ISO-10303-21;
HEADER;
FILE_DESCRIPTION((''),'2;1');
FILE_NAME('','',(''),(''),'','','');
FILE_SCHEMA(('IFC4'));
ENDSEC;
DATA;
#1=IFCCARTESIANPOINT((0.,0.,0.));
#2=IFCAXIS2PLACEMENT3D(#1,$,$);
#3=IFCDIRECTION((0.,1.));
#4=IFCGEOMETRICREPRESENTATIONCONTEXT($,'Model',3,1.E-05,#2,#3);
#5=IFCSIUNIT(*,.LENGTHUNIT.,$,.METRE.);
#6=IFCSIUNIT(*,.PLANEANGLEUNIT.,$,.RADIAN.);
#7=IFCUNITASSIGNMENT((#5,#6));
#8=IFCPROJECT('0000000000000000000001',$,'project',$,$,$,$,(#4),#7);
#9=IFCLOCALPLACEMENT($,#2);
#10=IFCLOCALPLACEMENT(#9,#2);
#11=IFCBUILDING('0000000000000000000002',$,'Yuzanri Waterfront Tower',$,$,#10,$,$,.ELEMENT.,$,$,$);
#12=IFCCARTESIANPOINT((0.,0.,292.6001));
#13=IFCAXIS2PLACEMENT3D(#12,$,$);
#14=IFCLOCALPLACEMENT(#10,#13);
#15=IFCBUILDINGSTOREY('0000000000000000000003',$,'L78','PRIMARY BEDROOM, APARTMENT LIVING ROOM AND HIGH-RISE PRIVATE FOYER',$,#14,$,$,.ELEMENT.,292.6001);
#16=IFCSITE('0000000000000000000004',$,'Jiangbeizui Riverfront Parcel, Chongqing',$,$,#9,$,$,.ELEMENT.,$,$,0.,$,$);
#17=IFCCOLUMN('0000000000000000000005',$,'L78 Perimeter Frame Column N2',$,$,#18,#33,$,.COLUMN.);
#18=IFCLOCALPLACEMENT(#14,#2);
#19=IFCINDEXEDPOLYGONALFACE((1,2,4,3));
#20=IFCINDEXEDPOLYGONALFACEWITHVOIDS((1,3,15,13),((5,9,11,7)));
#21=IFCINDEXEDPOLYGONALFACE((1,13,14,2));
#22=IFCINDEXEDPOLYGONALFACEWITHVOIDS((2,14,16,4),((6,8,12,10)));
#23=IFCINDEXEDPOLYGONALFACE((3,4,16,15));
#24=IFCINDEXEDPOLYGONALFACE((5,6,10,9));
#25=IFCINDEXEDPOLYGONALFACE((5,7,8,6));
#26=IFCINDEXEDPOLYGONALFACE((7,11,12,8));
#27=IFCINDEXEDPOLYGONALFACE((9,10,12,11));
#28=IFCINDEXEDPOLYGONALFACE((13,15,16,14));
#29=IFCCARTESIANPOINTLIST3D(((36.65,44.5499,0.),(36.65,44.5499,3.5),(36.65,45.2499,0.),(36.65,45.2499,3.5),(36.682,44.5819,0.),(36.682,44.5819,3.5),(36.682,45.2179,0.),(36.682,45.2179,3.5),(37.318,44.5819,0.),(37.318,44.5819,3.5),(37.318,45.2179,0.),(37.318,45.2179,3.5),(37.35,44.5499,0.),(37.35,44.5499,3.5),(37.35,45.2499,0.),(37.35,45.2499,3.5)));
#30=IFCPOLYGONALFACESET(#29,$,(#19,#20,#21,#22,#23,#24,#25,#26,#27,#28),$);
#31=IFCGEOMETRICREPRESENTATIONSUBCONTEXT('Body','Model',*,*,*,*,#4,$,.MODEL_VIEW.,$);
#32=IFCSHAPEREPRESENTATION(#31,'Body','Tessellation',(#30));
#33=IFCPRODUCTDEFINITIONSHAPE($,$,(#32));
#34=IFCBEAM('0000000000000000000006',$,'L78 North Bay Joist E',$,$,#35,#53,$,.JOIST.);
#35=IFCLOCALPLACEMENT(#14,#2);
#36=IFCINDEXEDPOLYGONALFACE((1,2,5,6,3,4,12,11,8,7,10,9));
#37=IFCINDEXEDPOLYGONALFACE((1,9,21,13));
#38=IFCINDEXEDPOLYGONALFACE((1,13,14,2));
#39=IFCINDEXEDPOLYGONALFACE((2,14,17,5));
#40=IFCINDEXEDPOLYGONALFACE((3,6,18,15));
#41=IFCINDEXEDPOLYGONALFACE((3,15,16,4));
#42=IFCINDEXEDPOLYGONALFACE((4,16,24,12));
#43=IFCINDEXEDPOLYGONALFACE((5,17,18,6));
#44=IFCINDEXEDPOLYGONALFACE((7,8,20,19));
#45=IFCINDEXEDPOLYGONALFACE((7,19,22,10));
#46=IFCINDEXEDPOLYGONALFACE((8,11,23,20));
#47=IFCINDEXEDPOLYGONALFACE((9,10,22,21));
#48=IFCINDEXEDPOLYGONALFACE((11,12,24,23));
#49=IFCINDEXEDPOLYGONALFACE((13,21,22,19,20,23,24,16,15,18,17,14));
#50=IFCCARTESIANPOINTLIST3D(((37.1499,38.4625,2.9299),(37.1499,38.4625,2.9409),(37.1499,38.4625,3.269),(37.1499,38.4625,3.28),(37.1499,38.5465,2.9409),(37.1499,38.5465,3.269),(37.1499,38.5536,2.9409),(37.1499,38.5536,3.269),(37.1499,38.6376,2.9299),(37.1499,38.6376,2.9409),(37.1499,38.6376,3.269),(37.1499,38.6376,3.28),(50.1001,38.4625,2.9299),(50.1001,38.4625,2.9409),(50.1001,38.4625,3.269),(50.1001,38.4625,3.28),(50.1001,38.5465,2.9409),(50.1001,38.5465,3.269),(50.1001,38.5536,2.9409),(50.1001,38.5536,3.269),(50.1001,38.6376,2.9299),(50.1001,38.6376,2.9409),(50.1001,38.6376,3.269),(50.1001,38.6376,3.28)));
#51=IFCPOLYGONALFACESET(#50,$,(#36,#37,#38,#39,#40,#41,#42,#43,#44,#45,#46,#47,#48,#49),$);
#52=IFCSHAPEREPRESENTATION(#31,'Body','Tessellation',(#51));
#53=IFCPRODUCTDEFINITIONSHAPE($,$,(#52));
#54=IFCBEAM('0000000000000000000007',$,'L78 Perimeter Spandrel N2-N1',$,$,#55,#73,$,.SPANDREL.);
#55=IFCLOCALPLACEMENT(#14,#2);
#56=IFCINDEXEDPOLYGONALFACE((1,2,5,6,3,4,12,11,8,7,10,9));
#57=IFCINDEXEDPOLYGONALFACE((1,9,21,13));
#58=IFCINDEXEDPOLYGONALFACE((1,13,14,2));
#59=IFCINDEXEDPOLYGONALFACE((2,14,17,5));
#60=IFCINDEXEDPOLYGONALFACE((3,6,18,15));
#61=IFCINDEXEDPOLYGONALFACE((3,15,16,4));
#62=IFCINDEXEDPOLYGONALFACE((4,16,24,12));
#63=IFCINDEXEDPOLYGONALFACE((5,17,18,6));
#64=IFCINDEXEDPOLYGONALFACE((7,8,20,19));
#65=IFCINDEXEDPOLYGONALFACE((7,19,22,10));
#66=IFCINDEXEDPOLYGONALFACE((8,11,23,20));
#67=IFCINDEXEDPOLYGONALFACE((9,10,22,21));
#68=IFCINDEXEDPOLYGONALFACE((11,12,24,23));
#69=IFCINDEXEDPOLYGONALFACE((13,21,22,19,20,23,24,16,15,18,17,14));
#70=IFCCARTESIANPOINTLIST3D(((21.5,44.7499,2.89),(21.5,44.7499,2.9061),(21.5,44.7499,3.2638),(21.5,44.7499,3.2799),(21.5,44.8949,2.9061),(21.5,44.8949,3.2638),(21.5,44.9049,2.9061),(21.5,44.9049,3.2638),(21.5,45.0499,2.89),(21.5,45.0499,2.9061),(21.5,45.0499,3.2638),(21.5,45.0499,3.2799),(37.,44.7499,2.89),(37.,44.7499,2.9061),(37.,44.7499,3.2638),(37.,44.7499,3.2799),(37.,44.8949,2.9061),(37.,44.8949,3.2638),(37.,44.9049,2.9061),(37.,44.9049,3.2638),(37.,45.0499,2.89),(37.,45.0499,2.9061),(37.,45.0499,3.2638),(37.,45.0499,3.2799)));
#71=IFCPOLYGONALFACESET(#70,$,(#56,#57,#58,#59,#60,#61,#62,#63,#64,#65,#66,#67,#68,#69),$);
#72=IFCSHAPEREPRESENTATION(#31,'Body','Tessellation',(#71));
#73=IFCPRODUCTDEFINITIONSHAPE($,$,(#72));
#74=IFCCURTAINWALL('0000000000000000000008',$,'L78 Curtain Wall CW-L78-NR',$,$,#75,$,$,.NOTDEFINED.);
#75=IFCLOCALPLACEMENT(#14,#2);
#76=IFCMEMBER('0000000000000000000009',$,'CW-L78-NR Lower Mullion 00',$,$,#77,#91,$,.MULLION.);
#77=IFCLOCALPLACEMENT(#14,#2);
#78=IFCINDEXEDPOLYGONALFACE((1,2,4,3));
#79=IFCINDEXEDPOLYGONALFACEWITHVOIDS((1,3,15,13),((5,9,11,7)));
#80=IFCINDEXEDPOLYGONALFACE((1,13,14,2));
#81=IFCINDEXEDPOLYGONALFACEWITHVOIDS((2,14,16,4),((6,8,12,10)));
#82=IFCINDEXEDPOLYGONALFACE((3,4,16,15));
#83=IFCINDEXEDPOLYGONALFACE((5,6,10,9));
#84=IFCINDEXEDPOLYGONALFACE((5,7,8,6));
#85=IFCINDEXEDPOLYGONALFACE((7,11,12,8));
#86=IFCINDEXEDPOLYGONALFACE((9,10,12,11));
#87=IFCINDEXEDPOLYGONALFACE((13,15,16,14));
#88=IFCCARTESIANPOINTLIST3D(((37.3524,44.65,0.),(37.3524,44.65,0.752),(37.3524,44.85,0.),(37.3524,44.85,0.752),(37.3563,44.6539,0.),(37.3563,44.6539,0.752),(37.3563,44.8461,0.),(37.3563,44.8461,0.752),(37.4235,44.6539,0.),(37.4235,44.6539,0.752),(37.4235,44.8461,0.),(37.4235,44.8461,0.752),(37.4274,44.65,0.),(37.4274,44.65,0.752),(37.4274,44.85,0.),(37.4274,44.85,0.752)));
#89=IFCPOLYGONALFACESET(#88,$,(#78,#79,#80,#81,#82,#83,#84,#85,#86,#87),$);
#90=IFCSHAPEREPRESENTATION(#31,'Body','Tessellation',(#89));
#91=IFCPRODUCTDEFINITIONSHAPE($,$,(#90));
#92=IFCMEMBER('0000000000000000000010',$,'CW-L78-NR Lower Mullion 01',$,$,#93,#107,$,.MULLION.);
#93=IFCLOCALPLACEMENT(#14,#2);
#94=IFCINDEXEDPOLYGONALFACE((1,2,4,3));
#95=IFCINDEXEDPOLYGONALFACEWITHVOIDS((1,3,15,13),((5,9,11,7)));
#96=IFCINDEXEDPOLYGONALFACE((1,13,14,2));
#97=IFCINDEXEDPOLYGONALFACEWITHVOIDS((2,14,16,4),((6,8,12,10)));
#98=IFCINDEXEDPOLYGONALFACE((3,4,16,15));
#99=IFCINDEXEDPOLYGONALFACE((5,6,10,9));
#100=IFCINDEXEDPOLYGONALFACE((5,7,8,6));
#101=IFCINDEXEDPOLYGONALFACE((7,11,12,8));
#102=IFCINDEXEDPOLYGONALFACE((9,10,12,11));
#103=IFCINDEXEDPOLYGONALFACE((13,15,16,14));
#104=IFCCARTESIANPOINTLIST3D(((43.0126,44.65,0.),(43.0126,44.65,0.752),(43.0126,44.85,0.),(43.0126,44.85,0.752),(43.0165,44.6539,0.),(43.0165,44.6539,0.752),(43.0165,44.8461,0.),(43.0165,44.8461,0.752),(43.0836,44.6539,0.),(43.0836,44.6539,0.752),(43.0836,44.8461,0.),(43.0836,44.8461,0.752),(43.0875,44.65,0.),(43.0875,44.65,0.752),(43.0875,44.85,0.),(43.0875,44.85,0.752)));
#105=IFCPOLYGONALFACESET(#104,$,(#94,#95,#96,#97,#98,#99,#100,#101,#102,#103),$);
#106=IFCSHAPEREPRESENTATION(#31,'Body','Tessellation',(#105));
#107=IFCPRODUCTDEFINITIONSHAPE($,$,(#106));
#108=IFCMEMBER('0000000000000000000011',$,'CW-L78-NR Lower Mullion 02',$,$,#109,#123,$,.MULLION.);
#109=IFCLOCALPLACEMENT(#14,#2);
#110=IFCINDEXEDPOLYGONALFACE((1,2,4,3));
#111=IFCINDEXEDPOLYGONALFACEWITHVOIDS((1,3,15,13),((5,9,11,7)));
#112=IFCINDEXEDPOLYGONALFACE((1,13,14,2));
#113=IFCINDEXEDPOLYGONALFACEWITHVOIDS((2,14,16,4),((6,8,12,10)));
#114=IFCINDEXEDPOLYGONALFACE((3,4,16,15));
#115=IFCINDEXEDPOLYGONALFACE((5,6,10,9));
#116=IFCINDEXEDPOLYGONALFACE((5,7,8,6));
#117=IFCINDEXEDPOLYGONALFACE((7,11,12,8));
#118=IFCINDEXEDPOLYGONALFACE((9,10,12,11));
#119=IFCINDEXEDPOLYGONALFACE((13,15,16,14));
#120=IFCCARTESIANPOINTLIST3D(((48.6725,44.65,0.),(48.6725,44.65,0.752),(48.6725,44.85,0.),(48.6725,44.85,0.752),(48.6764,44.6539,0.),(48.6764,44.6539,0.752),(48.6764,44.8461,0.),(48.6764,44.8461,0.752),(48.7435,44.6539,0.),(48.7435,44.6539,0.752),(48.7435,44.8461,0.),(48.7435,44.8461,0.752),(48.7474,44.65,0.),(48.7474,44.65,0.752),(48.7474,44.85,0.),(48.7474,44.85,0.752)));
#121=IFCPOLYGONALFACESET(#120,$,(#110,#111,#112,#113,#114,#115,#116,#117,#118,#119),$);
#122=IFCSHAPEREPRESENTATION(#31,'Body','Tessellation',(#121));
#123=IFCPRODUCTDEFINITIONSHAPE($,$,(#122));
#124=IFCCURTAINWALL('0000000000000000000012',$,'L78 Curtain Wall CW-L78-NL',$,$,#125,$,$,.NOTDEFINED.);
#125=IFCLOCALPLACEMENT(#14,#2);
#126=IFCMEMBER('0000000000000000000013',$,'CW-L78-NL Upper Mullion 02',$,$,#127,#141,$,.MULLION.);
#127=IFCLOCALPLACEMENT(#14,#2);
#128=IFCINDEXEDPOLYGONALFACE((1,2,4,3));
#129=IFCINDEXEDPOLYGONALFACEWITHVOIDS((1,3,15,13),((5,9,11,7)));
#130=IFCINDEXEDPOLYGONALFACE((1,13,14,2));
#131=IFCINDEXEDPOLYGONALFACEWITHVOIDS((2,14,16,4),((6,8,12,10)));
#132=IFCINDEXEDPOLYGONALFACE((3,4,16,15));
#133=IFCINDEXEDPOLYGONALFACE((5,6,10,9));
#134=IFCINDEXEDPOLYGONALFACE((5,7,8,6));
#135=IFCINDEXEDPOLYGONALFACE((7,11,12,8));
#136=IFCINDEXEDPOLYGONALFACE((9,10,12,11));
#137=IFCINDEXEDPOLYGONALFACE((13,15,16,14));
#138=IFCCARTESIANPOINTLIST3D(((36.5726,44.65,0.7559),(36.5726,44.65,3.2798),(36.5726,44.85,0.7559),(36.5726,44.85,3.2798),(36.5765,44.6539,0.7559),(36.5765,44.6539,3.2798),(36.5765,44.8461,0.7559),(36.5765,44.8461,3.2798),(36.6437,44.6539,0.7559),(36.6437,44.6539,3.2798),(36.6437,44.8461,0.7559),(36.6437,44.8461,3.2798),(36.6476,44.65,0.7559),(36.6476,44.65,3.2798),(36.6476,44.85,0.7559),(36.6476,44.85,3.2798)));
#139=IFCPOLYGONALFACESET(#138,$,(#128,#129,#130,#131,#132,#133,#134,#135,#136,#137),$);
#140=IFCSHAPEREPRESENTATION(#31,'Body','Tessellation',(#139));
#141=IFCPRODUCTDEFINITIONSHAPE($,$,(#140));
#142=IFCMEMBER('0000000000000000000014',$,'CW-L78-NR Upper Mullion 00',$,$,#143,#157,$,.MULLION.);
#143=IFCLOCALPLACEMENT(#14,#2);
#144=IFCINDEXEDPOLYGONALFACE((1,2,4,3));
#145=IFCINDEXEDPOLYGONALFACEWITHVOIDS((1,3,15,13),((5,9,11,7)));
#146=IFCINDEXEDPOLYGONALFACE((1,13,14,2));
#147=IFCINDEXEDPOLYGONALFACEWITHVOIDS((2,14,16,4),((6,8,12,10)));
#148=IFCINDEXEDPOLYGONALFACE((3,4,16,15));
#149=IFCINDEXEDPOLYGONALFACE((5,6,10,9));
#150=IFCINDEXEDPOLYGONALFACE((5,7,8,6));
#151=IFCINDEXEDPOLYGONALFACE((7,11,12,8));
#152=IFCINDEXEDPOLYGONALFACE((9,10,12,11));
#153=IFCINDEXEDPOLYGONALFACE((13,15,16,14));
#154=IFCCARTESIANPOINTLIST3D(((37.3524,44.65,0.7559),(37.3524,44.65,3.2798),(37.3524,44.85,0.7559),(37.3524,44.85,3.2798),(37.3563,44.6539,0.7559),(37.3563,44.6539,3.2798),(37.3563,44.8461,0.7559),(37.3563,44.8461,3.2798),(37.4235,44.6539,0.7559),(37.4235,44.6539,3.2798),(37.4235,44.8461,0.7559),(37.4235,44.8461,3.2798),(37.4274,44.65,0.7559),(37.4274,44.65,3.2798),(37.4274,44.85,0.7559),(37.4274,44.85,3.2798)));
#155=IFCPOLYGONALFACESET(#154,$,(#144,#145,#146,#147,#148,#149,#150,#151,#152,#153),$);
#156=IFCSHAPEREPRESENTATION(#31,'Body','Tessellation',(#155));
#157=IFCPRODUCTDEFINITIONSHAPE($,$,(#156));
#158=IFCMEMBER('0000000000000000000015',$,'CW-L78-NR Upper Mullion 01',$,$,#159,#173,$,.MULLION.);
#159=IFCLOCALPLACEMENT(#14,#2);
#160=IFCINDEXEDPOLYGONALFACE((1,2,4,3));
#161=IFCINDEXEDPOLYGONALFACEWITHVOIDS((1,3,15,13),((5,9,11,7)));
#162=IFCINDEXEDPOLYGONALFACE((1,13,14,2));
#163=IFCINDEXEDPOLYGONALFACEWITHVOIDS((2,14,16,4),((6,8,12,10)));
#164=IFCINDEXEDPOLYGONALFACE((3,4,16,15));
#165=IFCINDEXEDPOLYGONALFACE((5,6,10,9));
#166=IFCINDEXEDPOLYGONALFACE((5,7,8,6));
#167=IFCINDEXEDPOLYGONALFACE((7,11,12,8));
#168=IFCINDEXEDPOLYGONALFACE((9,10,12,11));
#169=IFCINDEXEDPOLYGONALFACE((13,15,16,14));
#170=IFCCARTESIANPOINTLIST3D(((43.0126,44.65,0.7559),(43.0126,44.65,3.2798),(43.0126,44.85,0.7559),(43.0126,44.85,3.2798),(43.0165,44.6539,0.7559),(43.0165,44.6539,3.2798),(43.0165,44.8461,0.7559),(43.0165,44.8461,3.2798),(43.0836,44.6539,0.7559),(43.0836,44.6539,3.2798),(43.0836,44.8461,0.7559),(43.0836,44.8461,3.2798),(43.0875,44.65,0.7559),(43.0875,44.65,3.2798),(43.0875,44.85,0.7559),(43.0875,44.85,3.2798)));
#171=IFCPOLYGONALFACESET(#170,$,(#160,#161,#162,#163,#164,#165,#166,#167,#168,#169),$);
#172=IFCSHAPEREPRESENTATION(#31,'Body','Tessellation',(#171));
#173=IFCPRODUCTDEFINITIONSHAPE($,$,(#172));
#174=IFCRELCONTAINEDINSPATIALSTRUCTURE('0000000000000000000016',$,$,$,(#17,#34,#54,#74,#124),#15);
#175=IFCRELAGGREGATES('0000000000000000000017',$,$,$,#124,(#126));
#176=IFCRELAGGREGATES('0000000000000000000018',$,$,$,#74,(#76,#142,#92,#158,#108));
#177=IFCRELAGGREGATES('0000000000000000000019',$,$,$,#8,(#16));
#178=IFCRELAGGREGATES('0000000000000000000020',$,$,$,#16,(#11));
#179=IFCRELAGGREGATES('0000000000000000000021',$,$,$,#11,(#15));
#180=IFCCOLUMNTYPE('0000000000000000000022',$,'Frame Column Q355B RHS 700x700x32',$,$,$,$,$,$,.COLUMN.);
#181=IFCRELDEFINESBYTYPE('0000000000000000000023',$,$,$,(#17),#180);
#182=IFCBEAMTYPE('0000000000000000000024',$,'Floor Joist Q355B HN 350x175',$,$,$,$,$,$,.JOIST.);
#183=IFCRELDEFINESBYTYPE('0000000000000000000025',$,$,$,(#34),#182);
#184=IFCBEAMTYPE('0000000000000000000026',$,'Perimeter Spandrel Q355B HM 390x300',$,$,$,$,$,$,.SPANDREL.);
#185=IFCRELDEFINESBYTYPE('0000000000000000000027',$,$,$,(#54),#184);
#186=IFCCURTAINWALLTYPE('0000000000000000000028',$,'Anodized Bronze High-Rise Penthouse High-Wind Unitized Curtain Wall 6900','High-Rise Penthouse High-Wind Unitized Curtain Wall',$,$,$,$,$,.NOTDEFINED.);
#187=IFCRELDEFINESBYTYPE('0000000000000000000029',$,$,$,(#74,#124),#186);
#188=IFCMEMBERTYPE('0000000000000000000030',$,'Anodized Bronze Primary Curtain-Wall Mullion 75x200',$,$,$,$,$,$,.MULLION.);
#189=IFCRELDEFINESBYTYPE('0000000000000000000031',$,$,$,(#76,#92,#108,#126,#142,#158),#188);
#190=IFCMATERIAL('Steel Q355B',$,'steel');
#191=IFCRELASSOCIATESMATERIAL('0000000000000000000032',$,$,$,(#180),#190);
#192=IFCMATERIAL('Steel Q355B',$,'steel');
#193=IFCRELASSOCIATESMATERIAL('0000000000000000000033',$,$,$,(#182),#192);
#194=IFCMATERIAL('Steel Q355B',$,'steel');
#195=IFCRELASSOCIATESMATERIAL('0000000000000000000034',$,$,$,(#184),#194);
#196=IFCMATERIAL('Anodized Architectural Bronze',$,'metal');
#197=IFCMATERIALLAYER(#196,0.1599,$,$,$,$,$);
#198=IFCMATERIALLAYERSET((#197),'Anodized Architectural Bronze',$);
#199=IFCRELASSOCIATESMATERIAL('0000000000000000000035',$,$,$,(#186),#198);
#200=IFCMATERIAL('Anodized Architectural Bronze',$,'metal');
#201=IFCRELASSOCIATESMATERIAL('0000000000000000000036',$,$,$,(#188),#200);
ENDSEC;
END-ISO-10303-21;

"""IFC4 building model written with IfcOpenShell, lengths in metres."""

from ifc_helpers import new_model, si_unit, direction, frame, origin, origin_2d, place, context, subcontext, project, spatial, hollow_rectangle, i_section, extrude, source, transform, mapped, material, layer, layer_set, material_profile, profile_set, type_object, element, aggregate, save


model = new_model("IFC4")

# Units and contexts
model_context = context("Model", 3, precision=1e-05, world=origin(), true_north=direction((0.0, 1.0)))
body_context = subcontext(model_context, "Body", "Model", "MODEL_VIEW")
ifc_project = project(units=[si_unit("LENGTHUNIT", "METRE"), si_unit("PLANEANGLEUNIT", "RADIAN")], contexts=[model_context])

# Site, building, storey
site_placement = place(None, origin())
site = spatial("IfcSite", under=ifc_project, at=site_placement, Name="Jiangbeizui Riverfront Parcel, Chongqing", CompositionType="ELEMENT", RefElevation=0.0)
building_placement = place(site_placement, origin())
building = spatial("IfcBuilding", under=site, at=building_placement, Name="Yuzanri Waterfront Tower", CompositionType="ELEMENT")
storey_placement = place(building_placement, frame((0.0, 0.0, 292.6001)))
storey = spatial("IfcBuildingStorey", under=building, at=storey_placement, Name="L78", Description="PRIMARY BEDROOM, APARTMENT LIVING ROOM AND HIGH-RISE PRIVATE FOYER", CompositionType="ELEMENT", Elevation=292.6001)

# Column
ifc_material_1 = material(Name="Steel Q355B", Category="steel")
ifc_material_profile_1 = material_profile(ifc_material_1, hollow_rectangle(XDim=0.7, YDim=0.7, WallThickness=0.032, at=origin_2d()), Name="RHS 700x700x32")
ifc_profile_set_1 = profile_set([ifc_material_profile_1], Name="Steel Q355B")
column_type = type_object("IfcColumnType", Name="Frame Column Q355B RHS 700x700x32", PredefinedType="COLUMN", material=ifc_profile_set_1)
shared_shape_1 = source(origin(), body_context, "Body", "SweptSolid", [
    extrude(hollow_rectangle(XDim=0.7, YDim=0.7, WallThickness=0.032, at=origin_2d()), origin(), (0.0, 0.0, 1.0), 3.5),
])
column_placement = place(storey_placement, frame((37.0, 44.8999, 0.0), z_axis=(0.0, 0.0, 1.0), x_axis=(1.0, 0.0, 0.0)))
element("IfcColumn", 1, at=column_placement, inside=storey, type_object=column_type, Name="L78 Perimeter Frame Column N2", PredefinedType="COLUMN", context=body_context, shape_type="MappedRepresentation", body=[
    mapped(shared_shape_1, transform((0.0, 0.0, 0.0), scale=1.0)),
])

# Beams
ifc_material_2 = material(Name="Steel Q355B", Category="steel")
ifc_material_profile_2 = material_profile(ifc_material_2, i_section(OverallWidth=0.175, OverallDepth=0.3501, WebThickness=0.0071, FlangeThickness=0.011, at=origin_2d()), Name="HN 350x175x7x11")
ifc_profile_set_2 = profile_set([ifc_material_profile_2], Name="Steel Q355B")
beam_type_1 = type_object("IfcBeamType", Name="Floor Joist Q355B HN 350x175", PredefinedType="JOIST", material=ifc_profile_set_2)
shared_shape_2 = source(origin(), body_context, "Body", "SweptSolid", [
    extrude(i_section(OverallWidth=0.175, OverallDepth=0.3501, WebThickness=0.0071, FlangeThickness=0.011, at=origin_2d()), origin(), (0.0, 0.0, 1.0), 12.9502),
])
beam_1_placement = place(storey_placement, frame((37.1499, 38.55, 3.105), z_axis=(1.0, 0.0, 0.0), x_axis=(0.0, 1.0, 0.0)))
element("IfcBeam", 2, at=beam_1_placement, inside=storey, type_object=beam_type_1, Name="L78 North Bay Joist E", PredefinedType="JOIST", context=body_context, shape_type="MappedRepresentation", body=[
    mapped(shared_shape_2, transform((0.0, 0.0, 0.0), scale=1.0)),
])
ifc_material_3 = material(Name="Steel Q355B", Category="steel")
ifc_material_profile_3 = material_profile(ifc_material_3, i_section(OverallWidth=0.3, OverallDepth=0.3899, WebThickness=0.01, FlangeThickness=0.0161, at=origin_2d()), Name="HM 390x300x10x16")
ifc_profile_set_3 = profile_set([ifc_material_profile_3], Name="Steel Q355B")
beam_type_2 = type_object("IfcBeamType", Name="Perimeter Spandrel Q355B HM 390x300", PredefinedType="SPANDREL", material=ifc_profile_set_3)
shared_shape_3 = source(origin(), body_context, "Body", "SweptSolid", [
    extrude(i_section(OverallWidth=0.3, OverallDepth=0.3899, WebThickness=0.01, FlangeThickness=0.0161, at=origin_2d()), origin(), (0.0, 0.0, 1.0), 15.5),
])
beam_2_placement = place(storey_placement, frame((37.0, 44.8999, 3.085), z_axis=(-1.0, 0.0, 0.0), x_axis=(0.0, -1.0, 0.0)))
element("IfcBeam", 3, at=beam_2_placement, inside=storey, type_object=beam_type_2, Name="L78 Perimeter Spandrel N2-N1", PredefinedType="SPANDREL", context=body_context, shape_type="MappedRepresentation", body=[
    mapped(shared_shape_3, transform((0.0, 0.0, 0.0), scale=1.0)),
])

# Curtain wall, members
ifc_material_4 = material(Name="Anodized Architectural Bronze", Category="metal")
ifc_layer_1 = layer(ifc_material_4, 0.1599)
ifc_layer_set_1 = layer_set([ifc_layer_1], Name="Anodized Architectural Bronze")
curtain_wall_type = type_object("IfcCurtainWallType", Name="Anodized Bronze High-Rise Penthouse High-Wind Unitized Curtain Wall 6900", Description="High-Rise Penthouse High-Wind Unitized Curtain Wall", PredefinedType="NOTDEFINED", material=ifc_layer_set_1)
curtain_wall_1_placement = place(storey_placement, origin())
curtain_wall_1 = element("IfcCurtainWall", 4, at=curtain_wall_1_placement, inside=storey, type_object=curtain_wall_type, Name="L78 Curtain Wall CW-L78-NR", PredefinedType="NOTDEFINED")
ifc_material_5 = material(Name="Anodized Architectural Bronze", Category="metal")
ifc_material_profile_4 = material_profile(ifc_material_5, hollow_rectangle(XDim=0.075, YDim=0.2, WallThickness=0.0039, at=origin_2d()), Name="CWM 75x200")
ifc_profile_set_4 = profile_set([ifc_material_profile_4], Name="Anodized Architectural Bronze")
member_type_1 = type_object("IfcMemberType", Name="Anodized Bronze Primary Curtain-Wall Mullion 75x200", PredefinedType="MULLION", material=ifc_profile_set_4)
shared_shape_4 = source(origin(), body_context, "Body", "SweptSolid", [
    extrude(hollow_rectangle(XDim=0.075, YDim=0.2, WallThickness=0.0039, at=origin_2d()), origin(), (0.0, 0.0, 1.0), 0.752),
])
member_1_placement = place(storey_placement, frame((37.3899, 44.75, 0.0), z_axis=(0.0, 0.0, 1.0), x_axis=(1.0, 0.0, 0.0)))
member_1 = element("IfcMember", 5, at=member_1_placement, type_object=member_type_1, Name="CW-L78-NR Lower Mullion 00", PredefinedType="MULLION", context=body_context, shape_type="MappedRepresentation", body=[
    mapped(shared_shape_4, transform((0.0, 0.0, 0.0), scale=1.0)),
])
member_2_placement = place(storey_placement, frame((43.05, 44.75, 0.0), z_axis=(0.0, 0.0, 1.0), x_axis=(1.0, 0.0, 0.0)))
member_2 = element("IfcMember", 6, at=member_2_placement, type_object=member_type_1, Name="CW-L78-NR Lower Mullion 01", PredefinedType="MULLION", context=body_context, shape_type="MappedRepresentation", body=[
    mapped(shared_shape_4, transform((0.0, 0.0, 0.0), scale=1.0)),
])
member_3_placement = place(storey_placement, frame((48.71, 44.75, 0.0), z_axis=(0.0, 0.0, 1.0), x_axis=(1.0, 0.0, 0.0)))
member_3 = element("IfcMember", 7, at=member_3_placement, type_object=member_type_1, Name="CW-L78-NR Lower Mullion 02", PredefinedType="MULLION", context=body_context, shape_type="MappedRepresentation", body=[
    mapped(shared_shape_4, transform((0.0, 0.0, 0.0), scale=1.0)),
])

# Curtain wall, member
curtain_wall_2_placement = place(storey_placement, origin())
curtain_wall_2 = element("IfcCurtainWall", 8, at=curtain_wall_2_placement, inside=storey, type_object=curtain_wall_type, Name="L78 Curtain Wall CW-L78-NL", PredefinedType="NOTDEFINED")
shared_shape_5 = source(origin(), body_context, "Body", "SweptSolid", [
    extrude(hollow_rectangle(XDim=0.075, YDim=0.2, WallThickness=0.0039, at=origin_2d()), origin(), (0.0, 0.0, 1.0), 2.5239),
])
member_4_placement = place(storey_placement, frame((36.6101, 44.75, 0.7559), z_axis=(0.0, 0.0, 1.0), x_axis=(1.0, 0.0, 0.0)))
member_4 = element("IfcMember", 9, at=member_4_placement, type_object=member_type_1, Name="CW-L78-NL Upper Mullion 02", PredefinedType="MULLION", context=body_context, shape_type="MappedRepresentation", body=[
    mapped(shared_shape_5, transform((0.0, 0.0, 0.0), scale=1.0)),
])
aggregate(curtain_wall_2, [member_4])

# Members
member_5_placement = place(storey_placement, frame((37.3899, 44.75, 0.7559), z_axis=(0.0, 0.0, 1.0), x_axis=(1.0, 0.0, 0.0)))
member_5 = element("IfcMember", 10, at=member_5_placement, type_object=member_type_1, Name="CW-L78-NR Upper Mullion 00", PredefinedType="MULLION", context=body_context, shape_type="MappedRepresentation", body=[
    mapped(shared_shape_5, transform((0.0, 0.0, 0.0), scale=1.0)),
])
member_6_placement = place(storey_placement, frame((43.05, 44.75, 0.7559), z_axis=(0.0, 0.0, 1.0), x_axis=(1.0, 0.0, 0.0)))
member_6 = element("IfcMember", 11, at=member_6_placement, type_object=member_type_1, Name="CW-L78-NR Upper Mullion 01", PredefinedType="MULLION", context=body_context, shape_type="MappedRepresentation", body=[
    mapped(shared_shape_5, transform((0.0, 0.0, 0.0), scale=1.0)),
])

aggregate(curtain_wall_1, [member_1, member_5, member_2, member_6, member_3])

save(model, "model.ifc")
